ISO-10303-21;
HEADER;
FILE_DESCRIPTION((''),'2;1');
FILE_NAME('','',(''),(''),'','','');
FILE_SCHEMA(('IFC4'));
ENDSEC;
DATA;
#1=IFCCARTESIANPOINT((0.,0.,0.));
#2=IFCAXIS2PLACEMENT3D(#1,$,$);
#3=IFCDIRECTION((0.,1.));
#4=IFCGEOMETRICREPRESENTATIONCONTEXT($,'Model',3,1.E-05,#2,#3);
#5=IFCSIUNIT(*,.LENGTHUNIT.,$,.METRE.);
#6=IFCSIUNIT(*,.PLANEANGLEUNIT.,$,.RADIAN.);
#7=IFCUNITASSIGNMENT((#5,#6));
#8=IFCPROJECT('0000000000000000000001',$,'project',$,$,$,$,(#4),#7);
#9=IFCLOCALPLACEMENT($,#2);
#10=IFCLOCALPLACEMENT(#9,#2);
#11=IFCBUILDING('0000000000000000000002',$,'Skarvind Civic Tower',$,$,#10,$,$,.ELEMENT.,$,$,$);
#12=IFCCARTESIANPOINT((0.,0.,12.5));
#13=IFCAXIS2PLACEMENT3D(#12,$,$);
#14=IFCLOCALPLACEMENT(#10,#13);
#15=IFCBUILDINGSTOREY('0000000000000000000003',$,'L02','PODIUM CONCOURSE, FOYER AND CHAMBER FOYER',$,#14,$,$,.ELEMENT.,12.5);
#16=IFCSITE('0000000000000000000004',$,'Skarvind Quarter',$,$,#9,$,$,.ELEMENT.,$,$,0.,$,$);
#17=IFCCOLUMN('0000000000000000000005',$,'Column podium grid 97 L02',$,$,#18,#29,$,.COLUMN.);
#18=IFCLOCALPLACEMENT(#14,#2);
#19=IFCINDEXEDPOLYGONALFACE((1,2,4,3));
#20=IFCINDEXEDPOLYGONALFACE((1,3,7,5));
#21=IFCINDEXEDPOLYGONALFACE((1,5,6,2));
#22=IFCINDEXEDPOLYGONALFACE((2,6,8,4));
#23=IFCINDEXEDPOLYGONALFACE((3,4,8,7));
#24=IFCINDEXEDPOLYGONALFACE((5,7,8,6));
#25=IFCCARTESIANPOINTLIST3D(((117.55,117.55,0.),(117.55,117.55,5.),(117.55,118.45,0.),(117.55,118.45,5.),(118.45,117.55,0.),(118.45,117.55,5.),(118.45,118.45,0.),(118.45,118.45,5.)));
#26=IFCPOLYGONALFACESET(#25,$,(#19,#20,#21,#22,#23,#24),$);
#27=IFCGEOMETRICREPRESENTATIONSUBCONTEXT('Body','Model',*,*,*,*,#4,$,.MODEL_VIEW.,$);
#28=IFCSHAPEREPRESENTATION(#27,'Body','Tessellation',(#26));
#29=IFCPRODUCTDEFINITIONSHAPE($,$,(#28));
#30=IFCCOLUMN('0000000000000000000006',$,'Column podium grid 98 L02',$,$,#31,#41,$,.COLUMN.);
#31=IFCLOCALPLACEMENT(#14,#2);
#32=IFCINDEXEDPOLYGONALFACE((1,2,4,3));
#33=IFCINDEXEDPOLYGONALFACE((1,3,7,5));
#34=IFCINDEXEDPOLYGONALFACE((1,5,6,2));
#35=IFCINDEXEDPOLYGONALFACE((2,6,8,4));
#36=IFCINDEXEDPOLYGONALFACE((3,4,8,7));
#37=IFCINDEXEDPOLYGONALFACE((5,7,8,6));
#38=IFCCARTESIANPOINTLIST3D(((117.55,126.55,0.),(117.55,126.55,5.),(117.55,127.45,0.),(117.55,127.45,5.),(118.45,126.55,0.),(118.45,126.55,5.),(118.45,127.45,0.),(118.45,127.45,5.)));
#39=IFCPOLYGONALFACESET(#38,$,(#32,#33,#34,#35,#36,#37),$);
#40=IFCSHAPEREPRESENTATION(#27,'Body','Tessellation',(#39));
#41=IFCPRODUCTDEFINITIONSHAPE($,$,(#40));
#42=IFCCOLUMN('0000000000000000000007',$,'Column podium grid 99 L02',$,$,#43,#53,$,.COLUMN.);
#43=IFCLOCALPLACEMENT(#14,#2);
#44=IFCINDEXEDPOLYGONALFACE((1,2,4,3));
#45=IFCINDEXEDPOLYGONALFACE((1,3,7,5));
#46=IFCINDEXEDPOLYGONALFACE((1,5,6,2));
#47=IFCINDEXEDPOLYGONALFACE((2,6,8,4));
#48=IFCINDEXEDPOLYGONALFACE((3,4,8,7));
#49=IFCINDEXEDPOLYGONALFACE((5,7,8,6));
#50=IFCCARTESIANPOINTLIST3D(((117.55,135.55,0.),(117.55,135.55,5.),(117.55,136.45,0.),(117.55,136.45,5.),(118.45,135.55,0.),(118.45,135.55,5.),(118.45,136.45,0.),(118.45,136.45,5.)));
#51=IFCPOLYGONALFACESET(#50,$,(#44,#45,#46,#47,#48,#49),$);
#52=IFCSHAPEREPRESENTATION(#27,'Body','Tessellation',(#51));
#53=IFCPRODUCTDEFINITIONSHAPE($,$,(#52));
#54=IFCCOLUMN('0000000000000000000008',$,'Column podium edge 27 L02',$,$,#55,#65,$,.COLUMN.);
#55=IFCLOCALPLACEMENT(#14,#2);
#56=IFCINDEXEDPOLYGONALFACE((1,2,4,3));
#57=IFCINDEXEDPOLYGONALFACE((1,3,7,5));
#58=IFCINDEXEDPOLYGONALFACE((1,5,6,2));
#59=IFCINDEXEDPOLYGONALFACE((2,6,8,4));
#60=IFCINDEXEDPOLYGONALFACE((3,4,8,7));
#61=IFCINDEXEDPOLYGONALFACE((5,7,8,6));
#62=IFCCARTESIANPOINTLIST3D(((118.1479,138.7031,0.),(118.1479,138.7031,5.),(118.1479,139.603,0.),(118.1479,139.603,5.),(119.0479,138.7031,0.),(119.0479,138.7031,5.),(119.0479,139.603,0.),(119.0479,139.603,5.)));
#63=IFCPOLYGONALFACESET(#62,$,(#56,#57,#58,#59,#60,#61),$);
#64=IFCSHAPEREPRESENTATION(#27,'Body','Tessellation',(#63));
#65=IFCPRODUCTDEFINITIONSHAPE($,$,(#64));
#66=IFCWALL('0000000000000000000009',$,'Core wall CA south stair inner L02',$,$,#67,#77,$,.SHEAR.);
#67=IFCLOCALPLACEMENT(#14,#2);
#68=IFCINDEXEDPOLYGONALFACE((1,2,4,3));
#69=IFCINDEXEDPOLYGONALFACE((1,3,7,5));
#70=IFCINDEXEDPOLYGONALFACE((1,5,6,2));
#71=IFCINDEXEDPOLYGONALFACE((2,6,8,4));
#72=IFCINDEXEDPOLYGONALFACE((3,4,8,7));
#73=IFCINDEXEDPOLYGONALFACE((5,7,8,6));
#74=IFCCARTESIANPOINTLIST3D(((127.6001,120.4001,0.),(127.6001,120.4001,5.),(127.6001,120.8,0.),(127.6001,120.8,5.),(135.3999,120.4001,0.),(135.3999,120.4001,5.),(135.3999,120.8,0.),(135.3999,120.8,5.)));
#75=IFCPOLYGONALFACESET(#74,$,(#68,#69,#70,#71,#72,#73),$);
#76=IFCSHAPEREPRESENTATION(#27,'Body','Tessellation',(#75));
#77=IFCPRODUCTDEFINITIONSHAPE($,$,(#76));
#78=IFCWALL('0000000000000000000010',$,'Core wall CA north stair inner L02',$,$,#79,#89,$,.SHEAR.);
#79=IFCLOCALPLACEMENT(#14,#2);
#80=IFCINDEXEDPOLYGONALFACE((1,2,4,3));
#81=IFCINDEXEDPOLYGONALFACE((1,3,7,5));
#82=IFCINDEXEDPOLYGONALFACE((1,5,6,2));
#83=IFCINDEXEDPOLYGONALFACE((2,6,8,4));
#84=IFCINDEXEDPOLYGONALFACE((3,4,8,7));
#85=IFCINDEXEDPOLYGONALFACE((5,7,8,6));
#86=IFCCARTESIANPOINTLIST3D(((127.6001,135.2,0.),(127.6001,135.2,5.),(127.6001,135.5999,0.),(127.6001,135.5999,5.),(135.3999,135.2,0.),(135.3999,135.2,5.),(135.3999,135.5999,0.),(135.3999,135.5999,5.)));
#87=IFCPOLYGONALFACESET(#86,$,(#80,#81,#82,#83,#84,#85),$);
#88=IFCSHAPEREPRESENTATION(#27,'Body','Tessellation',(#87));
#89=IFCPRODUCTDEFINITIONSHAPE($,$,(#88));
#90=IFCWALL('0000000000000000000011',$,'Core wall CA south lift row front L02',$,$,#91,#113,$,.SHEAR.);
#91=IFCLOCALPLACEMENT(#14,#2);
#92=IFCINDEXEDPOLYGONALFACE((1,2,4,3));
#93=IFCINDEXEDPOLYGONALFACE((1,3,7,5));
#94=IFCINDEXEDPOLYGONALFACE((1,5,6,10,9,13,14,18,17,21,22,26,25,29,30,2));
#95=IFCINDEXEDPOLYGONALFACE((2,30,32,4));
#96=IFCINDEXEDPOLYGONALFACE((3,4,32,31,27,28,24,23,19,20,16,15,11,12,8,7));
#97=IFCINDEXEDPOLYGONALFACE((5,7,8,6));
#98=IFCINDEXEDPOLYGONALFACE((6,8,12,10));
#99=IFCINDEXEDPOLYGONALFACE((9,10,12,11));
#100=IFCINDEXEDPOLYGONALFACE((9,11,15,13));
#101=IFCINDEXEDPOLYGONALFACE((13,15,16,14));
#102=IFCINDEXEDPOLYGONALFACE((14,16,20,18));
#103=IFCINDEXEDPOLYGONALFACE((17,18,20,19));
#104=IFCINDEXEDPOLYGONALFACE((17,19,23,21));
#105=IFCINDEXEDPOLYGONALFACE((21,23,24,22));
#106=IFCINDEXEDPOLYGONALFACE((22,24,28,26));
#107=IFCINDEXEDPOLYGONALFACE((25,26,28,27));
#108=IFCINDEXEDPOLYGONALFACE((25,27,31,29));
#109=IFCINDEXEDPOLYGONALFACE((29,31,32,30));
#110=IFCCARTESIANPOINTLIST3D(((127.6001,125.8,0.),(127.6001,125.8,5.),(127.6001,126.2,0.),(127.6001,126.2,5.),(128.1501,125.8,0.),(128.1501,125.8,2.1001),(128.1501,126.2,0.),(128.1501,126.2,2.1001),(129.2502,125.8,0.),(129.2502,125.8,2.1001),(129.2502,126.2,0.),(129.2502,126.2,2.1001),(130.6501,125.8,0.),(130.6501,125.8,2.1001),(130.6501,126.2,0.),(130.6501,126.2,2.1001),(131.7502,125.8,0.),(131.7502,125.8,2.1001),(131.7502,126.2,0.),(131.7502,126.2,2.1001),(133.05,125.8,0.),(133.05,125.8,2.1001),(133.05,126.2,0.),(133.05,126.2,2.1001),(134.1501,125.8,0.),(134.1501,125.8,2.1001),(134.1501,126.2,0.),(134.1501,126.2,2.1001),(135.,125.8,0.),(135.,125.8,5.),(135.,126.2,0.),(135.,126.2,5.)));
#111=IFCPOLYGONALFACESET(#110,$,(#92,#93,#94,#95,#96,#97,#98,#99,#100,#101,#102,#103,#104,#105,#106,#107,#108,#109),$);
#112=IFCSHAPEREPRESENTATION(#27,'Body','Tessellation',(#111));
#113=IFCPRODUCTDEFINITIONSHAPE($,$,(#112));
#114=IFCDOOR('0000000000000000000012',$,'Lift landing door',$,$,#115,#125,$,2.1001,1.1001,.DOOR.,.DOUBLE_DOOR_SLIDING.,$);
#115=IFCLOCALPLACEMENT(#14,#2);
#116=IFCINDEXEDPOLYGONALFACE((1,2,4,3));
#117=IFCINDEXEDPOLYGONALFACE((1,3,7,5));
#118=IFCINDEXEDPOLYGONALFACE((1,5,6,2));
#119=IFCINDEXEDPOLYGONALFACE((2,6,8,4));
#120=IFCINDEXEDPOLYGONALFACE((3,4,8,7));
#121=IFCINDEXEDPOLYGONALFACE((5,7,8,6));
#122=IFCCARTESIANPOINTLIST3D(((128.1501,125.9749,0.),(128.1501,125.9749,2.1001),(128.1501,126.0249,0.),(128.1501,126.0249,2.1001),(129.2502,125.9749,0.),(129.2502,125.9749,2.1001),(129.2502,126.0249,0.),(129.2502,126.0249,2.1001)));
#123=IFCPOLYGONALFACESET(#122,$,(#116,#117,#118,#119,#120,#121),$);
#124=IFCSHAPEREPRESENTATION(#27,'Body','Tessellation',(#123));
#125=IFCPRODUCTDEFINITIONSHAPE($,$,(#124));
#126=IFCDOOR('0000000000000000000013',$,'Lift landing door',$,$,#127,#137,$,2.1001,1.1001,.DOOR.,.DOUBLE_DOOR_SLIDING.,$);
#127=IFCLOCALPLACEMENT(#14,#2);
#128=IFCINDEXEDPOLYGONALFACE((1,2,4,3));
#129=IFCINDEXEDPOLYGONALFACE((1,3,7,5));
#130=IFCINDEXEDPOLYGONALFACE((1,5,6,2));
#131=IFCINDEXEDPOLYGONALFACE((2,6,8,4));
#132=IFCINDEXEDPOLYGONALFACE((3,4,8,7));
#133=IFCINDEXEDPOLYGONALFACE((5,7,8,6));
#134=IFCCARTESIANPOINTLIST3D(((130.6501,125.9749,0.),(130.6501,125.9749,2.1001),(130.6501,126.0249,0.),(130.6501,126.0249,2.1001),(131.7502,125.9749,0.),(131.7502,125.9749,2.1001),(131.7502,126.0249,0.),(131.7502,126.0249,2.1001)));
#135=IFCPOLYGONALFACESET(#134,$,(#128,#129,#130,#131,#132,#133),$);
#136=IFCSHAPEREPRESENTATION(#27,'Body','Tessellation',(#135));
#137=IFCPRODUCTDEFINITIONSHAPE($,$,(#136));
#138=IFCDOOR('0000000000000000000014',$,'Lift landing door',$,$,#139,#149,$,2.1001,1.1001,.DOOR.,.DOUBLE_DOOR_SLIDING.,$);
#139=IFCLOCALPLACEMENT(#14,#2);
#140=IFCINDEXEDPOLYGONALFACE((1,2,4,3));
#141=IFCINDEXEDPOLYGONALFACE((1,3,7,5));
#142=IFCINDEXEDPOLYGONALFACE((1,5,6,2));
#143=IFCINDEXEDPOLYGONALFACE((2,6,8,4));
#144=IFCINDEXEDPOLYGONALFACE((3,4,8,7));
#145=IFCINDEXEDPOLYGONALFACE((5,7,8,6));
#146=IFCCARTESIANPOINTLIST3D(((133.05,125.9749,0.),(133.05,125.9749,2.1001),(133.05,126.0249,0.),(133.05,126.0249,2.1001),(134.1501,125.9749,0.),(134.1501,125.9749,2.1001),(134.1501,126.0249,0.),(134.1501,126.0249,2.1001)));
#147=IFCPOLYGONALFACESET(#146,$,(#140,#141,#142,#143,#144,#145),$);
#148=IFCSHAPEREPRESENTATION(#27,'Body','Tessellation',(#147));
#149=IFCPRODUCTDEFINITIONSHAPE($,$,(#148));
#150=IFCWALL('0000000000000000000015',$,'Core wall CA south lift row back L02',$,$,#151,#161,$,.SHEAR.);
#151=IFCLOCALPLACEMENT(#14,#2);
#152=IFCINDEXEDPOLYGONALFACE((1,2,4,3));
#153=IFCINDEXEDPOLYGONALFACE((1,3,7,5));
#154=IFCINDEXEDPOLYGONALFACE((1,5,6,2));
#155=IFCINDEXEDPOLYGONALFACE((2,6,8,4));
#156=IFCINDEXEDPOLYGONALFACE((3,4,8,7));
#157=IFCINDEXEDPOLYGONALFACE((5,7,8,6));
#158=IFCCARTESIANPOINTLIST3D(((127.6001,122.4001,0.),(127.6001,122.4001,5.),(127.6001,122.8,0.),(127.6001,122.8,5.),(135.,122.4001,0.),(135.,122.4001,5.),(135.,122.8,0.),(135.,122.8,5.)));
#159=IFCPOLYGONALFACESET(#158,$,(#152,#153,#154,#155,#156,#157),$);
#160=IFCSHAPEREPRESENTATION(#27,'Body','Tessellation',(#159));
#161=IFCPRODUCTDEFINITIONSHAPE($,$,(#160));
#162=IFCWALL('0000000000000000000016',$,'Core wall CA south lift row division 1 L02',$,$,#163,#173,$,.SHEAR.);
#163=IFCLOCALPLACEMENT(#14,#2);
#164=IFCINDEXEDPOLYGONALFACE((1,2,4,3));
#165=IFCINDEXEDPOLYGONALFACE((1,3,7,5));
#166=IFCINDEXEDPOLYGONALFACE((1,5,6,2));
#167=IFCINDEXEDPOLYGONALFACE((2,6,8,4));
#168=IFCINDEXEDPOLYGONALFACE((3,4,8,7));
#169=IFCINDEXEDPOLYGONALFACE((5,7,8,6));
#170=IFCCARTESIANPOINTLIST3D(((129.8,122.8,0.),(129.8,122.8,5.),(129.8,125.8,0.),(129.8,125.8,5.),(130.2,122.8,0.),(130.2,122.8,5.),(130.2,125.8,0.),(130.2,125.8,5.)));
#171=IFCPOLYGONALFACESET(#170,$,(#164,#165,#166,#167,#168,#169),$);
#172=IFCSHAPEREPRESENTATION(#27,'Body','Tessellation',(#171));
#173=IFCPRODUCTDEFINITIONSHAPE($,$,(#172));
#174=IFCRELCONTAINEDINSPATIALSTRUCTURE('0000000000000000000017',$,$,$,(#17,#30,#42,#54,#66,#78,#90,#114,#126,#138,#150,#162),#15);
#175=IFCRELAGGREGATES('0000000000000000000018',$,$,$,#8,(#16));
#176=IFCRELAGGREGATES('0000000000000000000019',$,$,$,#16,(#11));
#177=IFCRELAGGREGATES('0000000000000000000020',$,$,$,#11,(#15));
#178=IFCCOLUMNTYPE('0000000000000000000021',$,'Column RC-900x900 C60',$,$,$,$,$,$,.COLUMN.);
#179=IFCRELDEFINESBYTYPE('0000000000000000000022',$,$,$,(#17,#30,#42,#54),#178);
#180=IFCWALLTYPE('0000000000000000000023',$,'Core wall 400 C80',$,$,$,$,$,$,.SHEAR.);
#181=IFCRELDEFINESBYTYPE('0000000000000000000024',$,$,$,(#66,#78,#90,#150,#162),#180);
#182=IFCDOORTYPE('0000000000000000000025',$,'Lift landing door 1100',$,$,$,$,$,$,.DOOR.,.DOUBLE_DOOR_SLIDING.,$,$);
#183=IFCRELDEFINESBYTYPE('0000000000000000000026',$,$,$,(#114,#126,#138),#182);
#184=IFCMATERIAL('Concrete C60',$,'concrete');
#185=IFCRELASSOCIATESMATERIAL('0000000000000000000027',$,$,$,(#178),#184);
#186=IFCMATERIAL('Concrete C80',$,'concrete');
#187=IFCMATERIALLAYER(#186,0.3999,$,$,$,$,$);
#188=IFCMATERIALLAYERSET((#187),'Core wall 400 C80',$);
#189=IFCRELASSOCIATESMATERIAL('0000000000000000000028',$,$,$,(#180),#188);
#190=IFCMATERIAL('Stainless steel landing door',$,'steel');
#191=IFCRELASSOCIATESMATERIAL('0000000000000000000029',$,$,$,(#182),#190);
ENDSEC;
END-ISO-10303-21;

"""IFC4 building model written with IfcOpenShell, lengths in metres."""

from ifc_helpers import new_model, si_unit, direction, frame, frame_2d, origin, origin_2d, place, context, subcontext, project, spatial, rectangle, extrude, material, layer, layer_set, material_profile, profile_set, type_object, element, fill, save


model = new_model("IFC4")

# Units and contexts
model_context = context("Model", 3, precision=1e-05, world=origin(), true_north=direction((0.0, 1.0)))
body_context = subcontext(model_context, "Body", "Model", "MODEL_VIEW")
ifc_project = project(units=[si_unit("LENGTHUNIT", "METRE"), si_unit("PLANEANGLEUNIT", "RADIAN")], contexts=[model_context])

# Site, building, storey
site_placement = place(None, origin())
site = spatial("IfcSite", under=ifc_project, at=site_placement, Name="Skarvind Quarter", CompositionType="ELEMENT", RefElevation=0.0)
building_placement = place(site_placement, origin())
building = spatial("IfcBuilding", under=site, at=building_placement, Name="Skarvind Civic Tower", CompositionType="ELEMENT")
storey_placement = place(building_placement, frame((0.0, 0.0, 12.5)))
storey = spatial("IfcBuildingStorey", under=building, at=storey_placement, Name="L02", Description="PODIUM CONCOURSE, FOYER AND CHAMBER FOYER", CompositionType="ELEMENT", Elevation=12.5)

# Columns
ifc_material_1 = material(Name="Concrete C60", Category="concrete")
ifc_material_profile = material_profile(ifc_material_1, rectangle(XDim=0.8999, YDim=0.8999, at=origin_2d()), Name="RC-900x900")
ifc_profile_set = profile_set([ifc_material_profile], Name="Concrete C60")
column_type = type_object("IfcColumnType", Name="Column RC-900x900 C60", PredefinedType="COLUMN", material=ifc_profile_set)
for number, where, z_axis, x_axis, name in (
    (1, (118.0, 118.0, 0.0), (0.0, 0.0, 1.0), (1.0, 0.0, 0.0), "Column podium grid 97 L02"),
    (2, (118.0, 127.0, 0.0), (0.0, 0.0, 1.0), (1.0, 0.0, 0.0), "Column podium grid 98 L02"),
    (3, (118.0, 136.0, 0.0), (0.0, 0.0, 1.0), (1.0, 0.0, 0.0), "Column podium grid 99 L02"),
    (4, (118.5979, 139.1531, 0.0), (0.0, 0.0, 1.0), (1.0, 0.0, 0.0), "Column podium edge 27 L02"),
):
    element("IfcColumn", number, at=place(storey_placement, frame(where, z_axis=z_axis, x_axis=x_axis)), inside=storey, type_object=column_type, Name=name, PredefinedType="COLUMN", context=body_context, shape_type="SweptSolid", body=[
        extrude(rectangle(XDim=0.8999, YDim=0.8999, at=origin_2d()), origin(), (0.0, 0.0, 1.0), 5.0),
    ])

# Walls
ifc_material_2 = material(Name="Concrete C80", Category="concrete")
ifc_layer_1 = layer(ifc_material_2, 0.3999)
ifc_layer_set_1 = layer_set([ifc_layer_1], Name="Core wall 400 C80")
wall_type_1 = type_object("IfcWallType", Name="Core wall 400 C80", PredefinedType="SHEAR", material=ifc_layer_set_1)
for number, where, z_axis, x_axis, name in (
    (5, (127.6001, 120.6001, 0.0), (0.0, 0.0, 1.0), (1.0, 0.0, 0.0), "Core wall CA south stair inner L02"),
    (6, (127.6001, 135.3999, 0.0), (0.0, 0.0, 1.0), (1.0, 0.0, 0.0), "Core wall CA north stair inner L02"),
):
    element("IfcWall", number, at=place(storey_placement, frame(where, z_axis=z_axis, x_axis=x_axis)), inside=storey, type_object=wall_type_1, Name=name, PredefinedType="SHEAR", context=body_context, shape_type="SweptSolid", body=[
        extrude(rectangle(XDim=7.7998, YDim=0.3999, at=frame_2d((3.8999, 0.0))), origin(), (0.0, 0.0, 1.0), 5.0),
    ])

# Wall, openings, doors
wall_1_placement = place(storey_placement, frame((127.6001, 126.0, 0.0), z_axis=(0.0, 0.0, 1.0), x_axis=(1.0, 0.0, 0.0)))
wall_1 = element("IfcWall", 7, at=wall_1_placement, inside=storey, type_object=wall_type_1, Name="Core wall CA south lift row front L02", PredefinedType="SHEAR", context=body_context, shape_type="SweptSolid", body=[
    extrude(rectangle(XDim=7.3999, YDim=0.3999, at=frame_2d((3.7, 0.0))), origin(), (0.0, 0.0, 1.0), 5.0),
])
opening_1_placement = place(wall_1_placement, frame((0.55, 0.0, 0.0)))
opening_1 = element("IfcOpeningElement", 8, at=opening_1_placement, cuts=wall_1, PredefinedType="OPENING", context=body_context, shape_type="SweptSolid", body=[
    extrude(rectangle(XDim=1.1001, YDim=2.1001, at=frame_2d((0.55, 1.05))), frame((0.0, 0.21, 0.0), z_axis=(0.0, -1.0, 0.0), x_axis=(1.0, 0.0, 0.0)), (0.0, 0.0, 1.0), 0.4199),
])
opening_2_placement = place(wall_1_placement, frame((3.05, 0.0, 0.0)))
opening_2 = element("IfcOpeningElement", 9, at=opening_2_placement, cuts=wall_1, PredefinedType="OPENING", context=body_context, shape_type="SweptSolid", body=[
    extrude(rectangle(XDim=1.1001, YDim=2.1001, at=frame_2d((0.55, 1.05))), frame((0.0, 0.21, 0.0), z_axis=(0.0, -1.0, 0.0), x_axis=(1.0, 0.0, 0.0)), (0.0, 0.0, 1.0), 0.4199),
])
opening_3_placement = place(wall_1_placement, frame((5.45, 0.0, 0.0)))
opening_3 = element("IfcOpeningElement", 10, at=opening_3_placement, cuts=wall_1, PredefinedType="OPENING", context=body_context, shape_type="SweptSolid", body=[
    extrude(rectangle(XDim=1.1001, YDim=2.1001, at=frame_2d((0.55, 1.05))), frame((0.0, 0.21, 0.0), z_axis=(0.0, -1.0, 0.0), x_axis=(1.0, 0.0, 0.0)), (0.0, 0.0, 1.0), 0.4199),
])
ifc_material_3 = material(Name="Stainless steel landing door", Category="steel")
door_type = type_object("IfcDoorType", Name="Lift landing door 1100", OperationType="DOUBLE_DOOR_SLIDING", PredefinedType="DOOR", material=ifc_material_3)
door_1_placement = place(opening_1_placement, origin())
door_1 = element("IfcDoor", 11, at=door_1_placement, inside=storey, type_object=door_type, Name="Lift landing door", OperationType="DOUBLE_DOOR_SLIDING", OverallHeight=2.1001, OverallWidth=1.1001, PredefinedType="DOOR", context=body_context, shape_type="SweptSolid", body=[
    extrude(rectangle(XDim=1.1001, YDim=2.1001, at=frame_2d((0.55, 1.05))), frame((0.0, 0.0249, 0.0), z_axis=(0.0, -1.0, 0.0), x_axis=(1.0, 0.0, 0.0)), (0.0, 0.0, 1.0), 0.05),
])
fill(opening_1, door_1)
door_2_placement = place(opening_2_placement, origin())
door_2 = element("IfcDoor", 12, at=door_2_placement, inside=storey, type_object=door_type, Name="Lift landing door", OperationType="DOUBLE_DOOR_SLIDING", OverallHeight=2.1001, OverallWidth=1.1001, PredefinedType="DOOR", context=body_context, shape_type="SweptSolid", body=[
    extrude(rectangle(XDim=1.1001, YDim=2.1001, at=frame_2d((0.55, 1.05))), frame((0.0, 0.0249, 0.0), z_axis=(0.0, -1.0, 0.0), x_axis=(1.0, 0.0, 0.0)), (0.0, 0.0, 1.0), 0.05),
])
fill(opening_2, door_2)
door_3_placement = place(opening_3_placement, origin())
door_3 = element("IfcDoor", 13, at=door_3_placement, inside=storey, type_object=door_type, Name="Lift landing door", OperationType="DOUBLE_DOOR_SLIDING", OverallHeight=2.1001, OverallWidth=1.1001, PredefinedType="DOOR", context=body_context, shape_type="SweptSolid", body=[
    extrude(rectangle(XDim=1.1001, YDim=2.1001, at=frame_2d((0.55, 1.05))), frame((0.0, 0.0249, 0.0), z_axis=(0.0, -1.0, 0.0), x_axis=(1.0, 0.0, 0.0)), (0.0, 0.0, 1.0), 0.05),
])
fill(opening_3, door_3)

# Walls
wall_2_placement = place(storey_placement, frame((127.6001, 122.6001, 0.0), z_axis=(0.0, 0.0, 1.0), x_axis=(1.0, 0.0, 0.0)))
element("IfcWall", 14, at=wall_2_placement, inside=storey, type_object=wall_type_1, Name="Core wall CA south lift row back L02", PredefinedType="SHEAR", context=body_context, shape_type="SweptSolid", body=[
    extrude(rectangle(XDim=7.3999, YDim=0.3999, at=frame_2d((3.7, 0.0))), origin(), (0.0, 0.0, 1.0), 5.0),
])
wall_3_placement = place(storey_placement, frame((130.0, 122.8, 0.0), z_axis=(0.0, 0.0, 1.0), x_axis=(0.0, 1.0, 0.0)))
element("IfcWall", 15, at=wall_3_placement, inside=storey, type_object=wall_type_1, Name="Core wall CA south lift row division 1 L02", PredefinedType="SHEAR", context=body_context, shape_type="SweptSolid", body=[
    extrude(rectangle(XDim=3.0, YDim=0.3999, at=frame_2d((1.5, 0.0))), origin(), (0.0, 0.0, 1.0), 5.0),
])

save(model, "model.ifc")
